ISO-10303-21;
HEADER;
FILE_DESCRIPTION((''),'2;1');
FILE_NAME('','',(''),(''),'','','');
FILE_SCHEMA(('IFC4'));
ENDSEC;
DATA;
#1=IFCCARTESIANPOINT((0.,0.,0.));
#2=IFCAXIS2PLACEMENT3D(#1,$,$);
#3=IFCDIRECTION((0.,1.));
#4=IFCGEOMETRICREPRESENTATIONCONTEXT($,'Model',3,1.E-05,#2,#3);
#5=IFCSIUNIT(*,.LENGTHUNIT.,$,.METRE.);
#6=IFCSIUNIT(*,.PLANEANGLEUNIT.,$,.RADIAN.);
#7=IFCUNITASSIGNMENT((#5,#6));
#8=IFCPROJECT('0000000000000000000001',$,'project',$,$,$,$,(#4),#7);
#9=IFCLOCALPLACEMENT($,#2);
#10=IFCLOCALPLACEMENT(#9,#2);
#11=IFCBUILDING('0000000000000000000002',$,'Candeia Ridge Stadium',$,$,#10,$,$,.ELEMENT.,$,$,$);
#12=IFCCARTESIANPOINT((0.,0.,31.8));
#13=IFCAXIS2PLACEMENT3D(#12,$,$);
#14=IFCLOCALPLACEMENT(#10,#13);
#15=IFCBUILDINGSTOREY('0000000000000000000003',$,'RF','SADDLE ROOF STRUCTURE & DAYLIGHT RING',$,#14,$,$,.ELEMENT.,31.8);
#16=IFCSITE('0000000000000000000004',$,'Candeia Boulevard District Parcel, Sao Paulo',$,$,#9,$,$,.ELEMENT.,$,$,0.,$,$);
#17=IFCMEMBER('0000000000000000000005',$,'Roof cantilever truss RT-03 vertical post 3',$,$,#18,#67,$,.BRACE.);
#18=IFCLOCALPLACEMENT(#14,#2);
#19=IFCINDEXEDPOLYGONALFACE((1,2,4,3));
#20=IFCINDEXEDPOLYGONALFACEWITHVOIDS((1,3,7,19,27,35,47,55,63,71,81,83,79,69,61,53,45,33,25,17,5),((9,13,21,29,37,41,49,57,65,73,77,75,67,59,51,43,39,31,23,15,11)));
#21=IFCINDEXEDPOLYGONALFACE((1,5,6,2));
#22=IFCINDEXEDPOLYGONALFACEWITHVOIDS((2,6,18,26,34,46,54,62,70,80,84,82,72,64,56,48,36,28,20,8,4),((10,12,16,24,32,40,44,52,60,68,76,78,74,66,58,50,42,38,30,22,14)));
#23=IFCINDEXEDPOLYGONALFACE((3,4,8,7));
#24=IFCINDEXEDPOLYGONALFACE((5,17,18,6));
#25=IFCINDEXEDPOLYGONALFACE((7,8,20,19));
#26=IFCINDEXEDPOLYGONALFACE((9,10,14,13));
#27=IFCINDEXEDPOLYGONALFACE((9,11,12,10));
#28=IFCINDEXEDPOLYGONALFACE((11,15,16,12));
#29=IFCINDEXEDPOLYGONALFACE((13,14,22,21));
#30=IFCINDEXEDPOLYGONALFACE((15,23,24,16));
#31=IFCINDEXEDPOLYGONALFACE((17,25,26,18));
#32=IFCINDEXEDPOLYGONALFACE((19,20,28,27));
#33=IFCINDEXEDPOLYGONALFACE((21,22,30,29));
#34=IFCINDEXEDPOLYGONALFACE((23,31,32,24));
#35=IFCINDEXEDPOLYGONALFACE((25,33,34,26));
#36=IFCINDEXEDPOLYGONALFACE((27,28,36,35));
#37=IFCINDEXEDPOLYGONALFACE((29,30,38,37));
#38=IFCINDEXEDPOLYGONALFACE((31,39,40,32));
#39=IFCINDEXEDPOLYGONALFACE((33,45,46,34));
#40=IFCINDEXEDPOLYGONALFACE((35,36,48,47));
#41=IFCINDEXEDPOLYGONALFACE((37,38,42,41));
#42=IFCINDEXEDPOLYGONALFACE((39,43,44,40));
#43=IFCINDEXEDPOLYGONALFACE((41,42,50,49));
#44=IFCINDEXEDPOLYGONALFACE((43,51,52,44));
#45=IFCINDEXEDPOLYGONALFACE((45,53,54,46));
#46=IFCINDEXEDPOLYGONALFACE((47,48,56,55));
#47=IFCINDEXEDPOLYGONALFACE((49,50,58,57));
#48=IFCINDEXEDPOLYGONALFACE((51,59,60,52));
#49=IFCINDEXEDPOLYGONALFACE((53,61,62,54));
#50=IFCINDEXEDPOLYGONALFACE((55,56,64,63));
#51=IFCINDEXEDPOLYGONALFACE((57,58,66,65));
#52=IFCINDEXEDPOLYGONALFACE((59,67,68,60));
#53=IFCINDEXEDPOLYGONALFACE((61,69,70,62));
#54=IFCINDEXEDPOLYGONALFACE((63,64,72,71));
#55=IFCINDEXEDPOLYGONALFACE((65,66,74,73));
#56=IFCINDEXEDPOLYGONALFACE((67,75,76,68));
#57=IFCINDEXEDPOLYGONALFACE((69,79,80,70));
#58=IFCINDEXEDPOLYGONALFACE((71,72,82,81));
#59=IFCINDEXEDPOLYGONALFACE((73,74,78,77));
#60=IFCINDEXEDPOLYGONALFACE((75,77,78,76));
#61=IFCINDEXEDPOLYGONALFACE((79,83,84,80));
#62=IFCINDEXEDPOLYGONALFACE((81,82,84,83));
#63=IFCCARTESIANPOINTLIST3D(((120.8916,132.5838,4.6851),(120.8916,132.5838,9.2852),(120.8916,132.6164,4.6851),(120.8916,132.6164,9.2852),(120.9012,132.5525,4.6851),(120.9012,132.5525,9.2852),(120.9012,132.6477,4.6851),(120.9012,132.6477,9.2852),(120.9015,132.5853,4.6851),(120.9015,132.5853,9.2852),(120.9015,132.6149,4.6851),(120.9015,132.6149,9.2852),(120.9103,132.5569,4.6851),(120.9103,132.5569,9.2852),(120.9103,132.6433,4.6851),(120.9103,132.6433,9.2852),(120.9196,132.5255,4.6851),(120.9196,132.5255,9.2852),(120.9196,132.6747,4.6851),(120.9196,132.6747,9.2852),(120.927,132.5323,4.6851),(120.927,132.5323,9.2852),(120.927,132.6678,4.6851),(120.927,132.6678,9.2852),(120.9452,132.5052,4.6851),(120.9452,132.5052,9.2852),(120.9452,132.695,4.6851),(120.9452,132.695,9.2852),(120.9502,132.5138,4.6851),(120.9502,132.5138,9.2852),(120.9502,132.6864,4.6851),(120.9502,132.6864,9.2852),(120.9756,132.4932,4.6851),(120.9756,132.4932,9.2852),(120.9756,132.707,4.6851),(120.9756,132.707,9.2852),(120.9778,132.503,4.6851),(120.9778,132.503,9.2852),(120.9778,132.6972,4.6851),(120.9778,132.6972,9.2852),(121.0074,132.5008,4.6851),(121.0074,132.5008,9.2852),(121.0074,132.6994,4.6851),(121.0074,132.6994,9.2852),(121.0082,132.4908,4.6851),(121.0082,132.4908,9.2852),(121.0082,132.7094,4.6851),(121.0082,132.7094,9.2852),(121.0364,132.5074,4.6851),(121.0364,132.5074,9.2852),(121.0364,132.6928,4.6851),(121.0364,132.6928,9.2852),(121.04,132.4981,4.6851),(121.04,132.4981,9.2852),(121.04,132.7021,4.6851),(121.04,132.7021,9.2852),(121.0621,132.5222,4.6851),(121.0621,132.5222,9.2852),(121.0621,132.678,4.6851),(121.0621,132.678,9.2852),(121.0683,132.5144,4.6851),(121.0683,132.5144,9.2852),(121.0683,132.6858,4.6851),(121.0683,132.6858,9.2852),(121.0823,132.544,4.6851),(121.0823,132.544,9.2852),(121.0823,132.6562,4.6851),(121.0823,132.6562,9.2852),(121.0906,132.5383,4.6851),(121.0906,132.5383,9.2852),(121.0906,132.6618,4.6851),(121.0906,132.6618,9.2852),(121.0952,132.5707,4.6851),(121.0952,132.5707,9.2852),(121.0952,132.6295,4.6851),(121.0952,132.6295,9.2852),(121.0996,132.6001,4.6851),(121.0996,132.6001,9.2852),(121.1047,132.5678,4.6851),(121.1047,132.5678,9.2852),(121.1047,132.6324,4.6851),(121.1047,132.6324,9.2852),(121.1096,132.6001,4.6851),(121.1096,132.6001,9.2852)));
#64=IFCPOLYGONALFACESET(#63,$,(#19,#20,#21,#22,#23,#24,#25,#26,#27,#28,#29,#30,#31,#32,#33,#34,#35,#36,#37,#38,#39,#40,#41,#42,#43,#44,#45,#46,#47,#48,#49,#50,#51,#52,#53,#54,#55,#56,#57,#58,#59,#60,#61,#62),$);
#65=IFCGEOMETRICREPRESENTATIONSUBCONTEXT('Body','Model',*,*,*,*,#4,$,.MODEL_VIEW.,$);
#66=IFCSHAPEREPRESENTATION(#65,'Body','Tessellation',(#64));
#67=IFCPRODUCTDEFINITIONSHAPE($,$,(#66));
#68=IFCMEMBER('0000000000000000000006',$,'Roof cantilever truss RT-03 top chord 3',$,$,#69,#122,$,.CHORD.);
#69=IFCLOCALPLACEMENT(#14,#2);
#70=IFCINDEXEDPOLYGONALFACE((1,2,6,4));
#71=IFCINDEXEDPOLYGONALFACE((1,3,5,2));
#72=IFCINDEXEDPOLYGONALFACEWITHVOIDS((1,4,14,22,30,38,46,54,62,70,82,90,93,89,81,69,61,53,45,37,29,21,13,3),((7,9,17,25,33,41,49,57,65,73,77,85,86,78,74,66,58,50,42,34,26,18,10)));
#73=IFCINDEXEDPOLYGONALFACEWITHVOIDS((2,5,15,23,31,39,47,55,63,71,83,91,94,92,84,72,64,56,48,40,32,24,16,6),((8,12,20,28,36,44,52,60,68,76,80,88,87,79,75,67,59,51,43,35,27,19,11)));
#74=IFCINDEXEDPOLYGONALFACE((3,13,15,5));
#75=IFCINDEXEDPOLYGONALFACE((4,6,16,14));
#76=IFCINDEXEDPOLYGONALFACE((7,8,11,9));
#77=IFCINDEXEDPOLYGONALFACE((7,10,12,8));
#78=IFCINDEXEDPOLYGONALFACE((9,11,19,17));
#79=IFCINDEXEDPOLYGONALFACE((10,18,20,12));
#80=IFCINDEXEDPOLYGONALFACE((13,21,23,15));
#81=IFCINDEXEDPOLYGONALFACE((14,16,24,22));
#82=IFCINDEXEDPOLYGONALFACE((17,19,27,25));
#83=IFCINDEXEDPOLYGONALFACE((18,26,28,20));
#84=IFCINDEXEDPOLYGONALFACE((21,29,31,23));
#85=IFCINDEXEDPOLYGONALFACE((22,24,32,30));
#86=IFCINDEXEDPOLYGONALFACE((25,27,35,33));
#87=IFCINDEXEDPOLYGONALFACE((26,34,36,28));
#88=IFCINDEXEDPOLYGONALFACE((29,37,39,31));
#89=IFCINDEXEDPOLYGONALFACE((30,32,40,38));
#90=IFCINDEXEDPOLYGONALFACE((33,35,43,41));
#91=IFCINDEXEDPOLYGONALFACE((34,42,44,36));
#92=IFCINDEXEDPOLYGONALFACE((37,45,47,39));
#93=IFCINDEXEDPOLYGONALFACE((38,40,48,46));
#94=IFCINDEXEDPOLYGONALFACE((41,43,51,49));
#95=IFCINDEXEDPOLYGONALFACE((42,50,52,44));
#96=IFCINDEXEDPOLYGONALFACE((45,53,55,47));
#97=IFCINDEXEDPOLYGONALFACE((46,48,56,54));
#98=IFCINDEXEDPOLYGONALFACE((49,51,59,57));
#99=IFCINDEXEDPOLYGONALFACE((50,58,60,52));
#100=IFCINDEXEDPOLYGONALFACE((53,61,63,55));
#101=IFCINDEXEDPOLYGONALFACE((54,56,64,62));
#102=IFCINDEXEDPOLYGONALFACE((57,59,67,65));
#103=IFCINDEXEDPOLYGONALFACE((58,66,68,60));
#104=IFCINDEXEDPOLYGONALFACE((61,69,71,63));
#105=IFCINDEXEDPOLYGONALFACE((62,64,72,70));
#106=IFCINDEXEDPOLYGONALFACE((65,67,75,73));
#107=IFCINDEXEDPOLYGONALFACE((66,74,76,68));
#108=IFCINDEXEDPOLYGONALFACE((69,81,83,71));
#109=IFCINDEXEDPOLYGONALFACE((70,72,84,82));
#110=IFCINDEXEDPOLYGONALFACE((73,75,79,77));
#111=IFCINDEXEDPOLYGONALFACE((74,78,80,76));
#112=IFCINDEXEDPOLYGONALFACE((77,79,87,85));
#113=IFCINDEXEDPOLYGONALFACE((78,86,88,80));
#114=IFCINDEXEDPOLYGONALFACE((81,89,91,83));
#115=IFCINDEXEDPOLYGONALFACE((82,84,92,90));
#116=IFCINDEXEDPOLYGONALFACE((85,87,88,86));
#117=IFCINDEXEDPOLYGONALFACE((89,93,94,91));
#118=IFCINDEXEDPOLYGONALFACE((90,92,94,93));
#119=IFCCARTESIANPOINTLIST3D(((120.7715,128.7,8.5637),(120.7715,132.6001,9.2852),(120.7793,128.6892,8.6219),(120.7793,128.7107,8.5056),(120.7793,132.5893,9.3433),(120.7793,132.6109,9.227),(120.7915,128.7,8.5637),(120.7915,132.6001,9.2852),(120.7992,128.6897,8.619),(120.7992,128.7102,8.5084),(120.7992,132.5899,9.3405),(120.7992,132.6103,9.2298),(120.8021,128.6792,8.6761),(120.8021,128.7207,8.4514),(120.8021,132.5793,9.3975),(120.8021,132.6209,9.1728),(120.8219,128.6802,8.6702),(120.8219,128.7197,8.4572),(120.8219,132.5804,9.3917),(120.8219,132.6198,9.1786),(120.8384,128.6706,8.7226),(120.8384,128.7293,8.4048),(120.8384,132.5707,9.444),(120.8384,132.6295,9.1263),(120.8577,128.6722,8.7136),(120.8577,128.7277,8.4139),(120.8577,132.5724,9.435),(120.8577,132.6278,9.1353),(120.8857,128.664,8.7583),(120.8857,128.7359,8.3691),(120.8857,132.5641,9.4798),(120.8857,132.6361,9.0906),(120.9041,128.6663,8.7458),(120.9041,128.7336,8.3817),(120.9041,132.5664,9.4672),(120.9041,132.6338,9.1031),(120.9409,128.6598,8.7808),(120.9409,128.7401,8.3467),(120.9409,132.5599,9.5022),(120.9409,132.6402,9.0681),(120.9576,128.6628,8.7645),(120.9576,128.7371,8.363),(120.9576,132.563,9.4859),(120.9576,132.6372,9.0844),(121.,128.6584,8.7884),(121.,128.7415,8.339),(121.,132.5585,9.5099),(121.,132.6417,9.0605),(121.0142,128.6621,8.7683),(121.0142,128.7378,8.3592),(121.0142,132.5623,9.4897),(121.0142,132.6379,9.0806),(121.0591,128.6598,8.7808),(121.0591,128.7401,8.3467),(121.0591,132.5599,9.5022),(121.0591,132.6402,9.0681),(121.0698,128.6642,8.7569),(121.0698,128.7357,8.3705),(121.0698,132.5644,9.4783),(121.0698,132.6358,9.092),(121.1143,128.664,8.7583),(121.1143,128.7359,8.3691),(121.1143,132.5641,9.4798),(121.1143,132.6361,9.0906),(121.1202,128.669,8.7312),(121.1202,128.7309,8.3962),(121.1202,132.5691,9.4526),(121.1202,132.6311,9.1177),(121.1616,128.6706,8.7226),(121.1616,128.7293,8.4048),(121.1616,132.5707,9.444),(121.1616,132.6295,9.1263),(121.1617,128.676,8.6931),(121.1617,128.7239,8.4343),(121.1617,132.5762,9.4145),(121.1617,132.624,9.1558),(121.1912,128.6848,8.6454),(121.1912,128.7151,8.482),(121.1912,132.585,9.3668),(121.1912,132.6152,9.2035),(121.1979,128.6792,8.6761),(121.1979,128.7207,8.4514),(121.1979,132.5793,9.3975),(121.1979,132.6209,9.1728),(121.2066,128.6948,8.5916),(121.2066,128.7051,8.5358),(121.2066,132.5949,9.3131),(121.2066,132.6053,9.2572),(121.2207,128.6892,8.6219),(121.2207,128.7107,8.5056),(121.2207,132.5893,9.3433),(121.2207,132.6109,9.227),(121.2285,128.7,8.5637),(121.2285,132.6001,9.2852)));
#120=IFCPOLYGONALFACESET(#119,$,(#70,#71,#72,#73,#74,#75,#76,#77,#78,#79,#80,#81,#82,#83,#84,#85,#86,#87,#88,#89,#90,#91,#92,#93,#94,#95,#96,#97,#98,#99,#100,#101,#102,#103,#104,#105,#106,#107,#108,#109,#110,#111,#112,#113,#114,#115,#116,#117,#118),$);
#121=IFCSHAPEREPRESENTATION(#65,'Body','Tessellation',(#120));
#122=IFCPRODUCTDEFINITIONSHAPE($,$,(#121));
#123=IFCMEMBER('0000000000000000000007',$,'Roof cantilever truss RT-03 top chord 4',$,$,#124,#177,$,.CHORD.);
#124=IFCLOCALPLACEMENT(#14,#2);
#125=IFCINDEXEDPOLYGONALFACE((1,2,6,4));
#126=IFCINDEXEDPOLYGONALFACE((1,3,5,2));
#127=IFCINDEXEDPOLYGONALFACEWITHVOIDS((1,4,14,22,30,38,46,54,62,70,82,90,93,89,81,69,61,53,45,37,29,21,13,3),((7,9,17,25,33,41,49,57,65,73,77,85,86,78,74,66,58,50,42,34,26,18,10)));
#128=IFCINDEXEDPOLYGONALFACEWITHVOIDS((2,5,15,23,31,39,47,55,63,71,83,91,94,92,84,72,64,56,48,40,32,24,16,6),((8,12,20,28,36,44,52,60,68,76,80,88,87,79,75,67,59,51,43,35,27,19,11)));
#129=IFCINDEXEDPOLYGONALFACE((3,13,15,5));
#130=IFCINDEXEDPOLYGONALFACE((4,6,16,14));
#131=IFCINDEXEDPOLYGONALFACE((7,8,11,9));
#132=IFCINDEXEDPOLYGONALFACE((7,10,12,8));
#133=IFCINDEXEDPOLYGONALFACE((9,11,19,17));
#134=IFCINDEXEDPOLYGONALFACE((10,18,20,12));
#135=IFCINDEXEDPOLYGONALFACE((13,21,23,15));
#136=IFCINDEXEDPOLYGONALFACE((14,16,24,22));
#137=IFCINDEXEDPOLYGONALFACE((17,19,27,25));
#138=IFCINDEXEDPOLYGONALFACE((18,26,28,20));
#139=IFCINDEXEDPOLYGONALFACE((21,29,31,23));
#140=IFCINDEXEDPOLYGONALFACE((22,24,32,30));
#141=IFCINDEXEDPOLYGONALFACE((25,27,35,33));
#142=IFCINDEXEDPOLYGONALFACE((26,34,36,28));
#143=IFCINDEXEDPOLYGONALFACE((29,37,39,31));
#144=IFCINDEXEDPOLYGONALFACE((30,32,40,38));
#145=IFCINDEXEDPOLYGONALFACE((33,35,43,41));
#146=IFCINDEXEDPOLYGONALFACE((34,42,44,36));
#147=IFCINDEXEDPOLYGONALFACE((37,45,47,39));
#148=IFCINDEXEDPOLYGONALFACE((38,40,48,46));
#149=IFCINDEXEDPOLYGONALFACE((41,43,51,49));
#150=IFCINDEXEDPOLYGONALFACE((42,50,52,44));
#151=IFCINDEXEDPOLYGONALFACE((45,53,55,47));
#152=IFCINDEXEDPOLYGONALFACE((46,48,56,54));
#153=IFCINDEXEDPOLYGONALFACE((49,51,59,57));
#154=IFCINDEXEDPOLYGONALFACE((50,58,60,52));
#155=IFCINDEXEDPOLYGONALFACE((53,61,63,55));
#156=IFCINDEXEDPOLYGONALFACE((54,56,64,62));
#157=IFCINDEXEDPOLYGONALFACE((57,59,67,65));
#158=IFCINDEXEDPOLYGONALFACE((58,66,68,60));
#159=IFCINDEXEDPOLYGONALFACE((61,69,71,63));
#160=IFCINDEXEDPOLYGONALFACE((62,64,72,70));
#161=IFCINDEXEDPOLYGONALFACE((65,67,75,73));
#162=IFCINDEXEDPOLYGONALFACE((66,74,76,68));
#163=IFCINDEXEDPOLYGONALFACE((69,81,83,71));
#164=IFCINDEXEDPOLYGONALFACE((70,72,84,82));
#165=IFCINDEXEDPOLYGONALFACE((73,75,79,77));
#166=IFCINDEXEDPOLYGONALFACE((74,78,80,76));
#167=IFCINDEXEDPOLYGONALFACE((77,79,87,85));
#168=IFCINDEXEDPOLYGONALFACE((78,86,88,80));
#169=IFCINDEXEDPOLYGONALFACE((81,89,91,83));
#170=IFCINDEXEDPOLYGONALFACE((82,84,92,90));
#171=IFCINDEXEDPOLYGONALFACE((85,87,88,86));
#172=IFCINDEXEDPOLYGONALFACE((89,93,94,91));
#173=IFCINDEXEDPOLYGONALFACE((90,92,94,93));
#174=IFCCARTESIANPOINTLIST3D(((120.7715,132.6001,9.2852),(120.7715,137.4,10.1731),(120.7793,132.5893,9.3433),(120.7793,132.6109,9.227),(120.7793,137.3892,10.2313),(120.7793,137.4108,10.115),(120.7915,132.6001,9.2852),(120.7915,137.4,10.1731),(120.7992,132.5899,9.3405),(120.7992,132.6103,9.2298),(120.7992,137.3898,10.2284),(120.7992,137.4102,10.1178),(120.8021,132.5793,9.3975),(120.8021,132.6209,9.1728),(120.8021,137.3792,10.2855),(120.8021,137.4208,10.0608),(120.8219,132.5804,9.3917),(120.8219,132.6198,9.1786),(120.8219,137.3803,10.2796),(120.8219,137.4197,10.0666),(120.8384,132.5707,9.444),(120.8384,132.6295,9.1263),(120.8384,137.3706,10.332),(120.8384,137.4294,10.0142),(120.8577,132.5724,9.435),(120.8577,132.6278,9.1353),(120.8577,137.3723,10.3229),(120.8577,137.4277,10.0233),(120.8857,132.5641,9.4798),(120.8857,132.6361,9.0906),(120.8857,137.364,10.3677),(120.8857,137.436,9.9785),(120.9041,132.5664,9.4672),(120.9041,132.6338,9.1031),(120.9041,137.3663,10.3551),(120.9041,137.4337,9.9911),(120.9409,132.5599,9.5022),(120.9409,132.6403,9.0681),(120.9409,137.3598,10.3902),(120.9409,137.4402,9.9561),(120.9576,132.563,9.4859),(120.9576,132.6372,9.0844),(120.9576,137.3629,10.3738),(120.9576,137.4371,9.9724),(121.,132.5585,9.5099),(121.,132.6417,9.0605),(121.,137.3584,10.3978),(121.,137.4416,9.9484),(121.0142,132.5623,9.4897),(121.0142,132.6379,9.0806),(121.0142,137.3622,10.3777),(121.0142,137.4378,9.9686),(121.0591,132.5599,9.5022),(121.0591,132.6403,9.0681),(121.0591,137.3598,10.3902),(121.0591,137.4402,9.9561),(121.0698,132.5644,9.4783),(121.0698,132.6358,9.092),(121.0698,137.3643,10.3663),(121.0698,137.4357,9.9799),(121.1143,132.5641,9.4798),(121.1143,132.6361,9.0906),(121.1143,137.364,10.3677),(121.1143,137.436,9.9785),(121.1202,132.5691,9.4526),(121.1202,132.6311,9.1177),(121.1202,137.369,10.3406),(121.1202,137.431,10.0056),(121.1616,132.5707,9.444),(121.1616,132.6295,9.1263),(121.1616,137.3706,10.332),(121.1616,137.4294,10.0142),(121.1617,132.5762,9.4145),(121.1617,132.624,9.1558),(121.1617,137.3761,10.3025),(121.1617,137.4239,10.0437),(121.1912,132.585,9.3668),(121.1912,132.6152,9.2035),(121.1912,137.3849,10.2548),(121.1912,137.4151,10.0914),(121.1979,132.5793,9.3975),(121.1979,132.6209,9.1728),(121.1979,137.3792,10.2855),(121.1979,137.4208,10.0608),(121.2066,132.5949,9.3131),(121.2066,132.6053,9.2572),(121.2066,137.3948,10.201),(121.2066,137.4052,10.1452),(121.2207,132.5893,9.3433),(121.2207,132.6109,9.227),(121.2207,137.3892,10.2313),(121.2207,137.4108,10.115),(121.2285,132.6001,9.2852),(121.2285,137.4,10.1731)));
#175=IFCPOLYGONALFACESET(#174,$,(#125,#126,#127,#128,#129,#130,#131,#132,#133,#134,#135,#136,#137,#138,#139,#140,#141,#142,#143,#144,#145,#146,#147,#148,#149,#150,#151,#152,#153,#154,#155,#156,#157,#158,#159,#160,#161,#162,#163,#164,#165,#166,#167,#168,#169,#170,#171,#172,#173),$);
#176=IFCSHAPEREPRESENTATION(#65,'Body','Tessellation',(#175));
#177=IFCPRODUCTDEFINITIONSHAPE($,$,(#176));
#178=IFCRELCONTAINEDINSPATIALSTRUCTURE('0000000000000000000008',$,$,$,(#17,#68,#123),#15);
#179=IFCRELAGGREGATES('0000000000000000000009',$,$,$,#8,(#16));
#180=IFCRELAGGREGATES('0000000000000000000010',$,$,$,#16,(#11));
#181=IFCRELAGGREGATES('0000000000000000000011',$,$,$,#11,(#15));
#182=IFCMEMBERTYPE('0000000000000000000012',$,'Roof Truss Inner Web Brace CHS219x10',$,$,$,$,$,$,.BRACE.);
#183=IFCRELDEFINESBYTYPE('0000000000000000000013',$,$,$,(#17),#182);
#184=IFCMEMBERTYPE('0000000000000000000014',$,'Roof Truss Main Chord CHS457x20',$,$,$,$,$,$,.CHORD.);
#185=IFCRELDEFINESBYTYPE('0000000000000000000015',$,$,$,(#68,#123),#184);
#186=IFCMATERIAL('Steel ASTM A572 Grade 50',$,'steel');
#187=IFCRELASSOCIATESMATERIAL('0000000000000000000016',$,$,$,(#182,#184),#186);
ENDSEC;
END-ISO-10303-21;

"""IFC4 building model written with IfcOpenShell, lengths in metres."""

from ifc_helpers import new_model, si_unit, direction, frame, origin, origin_2d, place, context, subcontext, project, spatial, hollow_circle, extrude, material, material_profile, profile_set, type_object, element, save


model = new_model("IFC4")

# Units and contexts
model_context = context("Model", 3, precision=1e-05, world=origin(), true_north=direction((0.0, 1.0)))
body_context = subcontext(model_context, "Body", "Model", "MODEL_VIEW")
ifc_project = project(units=[si_unit("LENGTHUNIT", "METRE"), si_unit("PLANEANGLEUNIT", "RADIAN")], contexts=[model_context])

# Site, building, storey
site_placement = place(None, origin())
site = spatial("IfcSite", under=ifc_project, at=site_placement, Name="Candeia Boulevard District Parcel, Sao Paulo", CompositionType="ELEMENT", RefElevation=0.0)
building_placement = place(site_placement, origin())
building = spatial("IfcBuilding", under=site, at=building_placement, Name="Candeia Ridge Stadium", CompositionType="ELEMENT")
storey_placement = place(building_placement, frame((0.0, 0.0, 31.8)))
storey = spatial("IfcBuildingStorey", under=building, at=storey_placement, Name="RF", Description="SADDLE ROOF STRUCTURE & DAYLIGHT RING", CompositionType="ELEMENT", Elevation=31.8)

# Shared definitions
ifc_material_1 = material(Name="Steel ASTM A572 Grade 50", Category="steel")

# Members
ifc_material_profile_1 = material_profile(ifc_material_1, hollow_circle(Radius=0.1096, WallThickness=0.01, at=origin_2d()), Name="CHS219x10", Category="steel")
ifc_profile_set_1 = profile_set([ifc_material_profile_1], Name="Steel ASTM A572 Grade 50")
member_type_1 = type_object("IfcMemberType", Name="Roof Truss Inner Web Brace CHS219x10", PredefinedType="BRACE", material=ifc_profile_set_1)
member_1_placement = place(storey_placement, frame((121.0, 132.6001, 4.6851), z_axis=(0.0, 0.0, 1.0), x_axis=(1.0, 0.0, 0.0)))
element("IfcMember", 1, at=member_1_placement, inside=storey, type_object=member_type_1, Name="Roof cantilever truss RT-03 vertical post 3", PredefinedType="BRACE", context=body_context, shape_type="SweptSolid", body=[
    extrude(hollow_circle(Radius=0.1096, WallThickness=0.01, at=origin_2d()), origin(), (0.0, 0.0, 1.0), 4.6001),
])
ifc_material_profile_2 = material_profile(ifc_material_1, hollow_circle(Radius=0.2285, WallThickness=0.02, at=origin_2d()), Name="CHS457x20", Category="steel")
ifc_profile_set_2 = profile_set([ifc_material_profile_2], Name="Steel ASTM A572 Grade 50")
member_type_2 = type_object("IfcMemberType", Name="Roof Truss Main Chord CHS457x20", PredefinedType="CHORD", material=ifc_profile_set_2)
member_2_placement = place(storey_placement, frame((121.0, 128.7, 8.5637), z_axis=(0.0, 0.983319, 0.181891), x_axis=(-1.0, 0.0, 0.0)))
element("IfcMember", 2, at=member_2_placement, inside=storey, type_object=member_type_2, Name="Roof cantilever truss RT-03 top chord 3", PredefinedType="CHORD", context=body_context, shape_type="SweptSolid", body=[
    extrude(hollow_circle(Radius=0.2285, WallThickness=0.02, at=origin_2d()), origin(), (0.0, 0.0, 1.0), 3.9663),
])
member_3_placement = place(storey_placement, frame((121.0, 132.6001, 9.2852), z_axis=(0.0, 0.983315, 0.181908), x_axis=(-1.0, 0.0, 0.0)))
element("IfcMember", 3, at=member_3_placement, inside=storey, type_object=member_type_2, Name="Roof cantilever truss RT-03 top chord 4", PredefinedType="CHORD", context=body_context, shape_type="SweptSolid", body=[
    extrude(hollow_circle(Radius=0.2285, WallThickness=0.02, at=origin_2d()), origin(), (0.0, 0.0, 1.0), 4.8813),
])

save(model, "model.ifc")
